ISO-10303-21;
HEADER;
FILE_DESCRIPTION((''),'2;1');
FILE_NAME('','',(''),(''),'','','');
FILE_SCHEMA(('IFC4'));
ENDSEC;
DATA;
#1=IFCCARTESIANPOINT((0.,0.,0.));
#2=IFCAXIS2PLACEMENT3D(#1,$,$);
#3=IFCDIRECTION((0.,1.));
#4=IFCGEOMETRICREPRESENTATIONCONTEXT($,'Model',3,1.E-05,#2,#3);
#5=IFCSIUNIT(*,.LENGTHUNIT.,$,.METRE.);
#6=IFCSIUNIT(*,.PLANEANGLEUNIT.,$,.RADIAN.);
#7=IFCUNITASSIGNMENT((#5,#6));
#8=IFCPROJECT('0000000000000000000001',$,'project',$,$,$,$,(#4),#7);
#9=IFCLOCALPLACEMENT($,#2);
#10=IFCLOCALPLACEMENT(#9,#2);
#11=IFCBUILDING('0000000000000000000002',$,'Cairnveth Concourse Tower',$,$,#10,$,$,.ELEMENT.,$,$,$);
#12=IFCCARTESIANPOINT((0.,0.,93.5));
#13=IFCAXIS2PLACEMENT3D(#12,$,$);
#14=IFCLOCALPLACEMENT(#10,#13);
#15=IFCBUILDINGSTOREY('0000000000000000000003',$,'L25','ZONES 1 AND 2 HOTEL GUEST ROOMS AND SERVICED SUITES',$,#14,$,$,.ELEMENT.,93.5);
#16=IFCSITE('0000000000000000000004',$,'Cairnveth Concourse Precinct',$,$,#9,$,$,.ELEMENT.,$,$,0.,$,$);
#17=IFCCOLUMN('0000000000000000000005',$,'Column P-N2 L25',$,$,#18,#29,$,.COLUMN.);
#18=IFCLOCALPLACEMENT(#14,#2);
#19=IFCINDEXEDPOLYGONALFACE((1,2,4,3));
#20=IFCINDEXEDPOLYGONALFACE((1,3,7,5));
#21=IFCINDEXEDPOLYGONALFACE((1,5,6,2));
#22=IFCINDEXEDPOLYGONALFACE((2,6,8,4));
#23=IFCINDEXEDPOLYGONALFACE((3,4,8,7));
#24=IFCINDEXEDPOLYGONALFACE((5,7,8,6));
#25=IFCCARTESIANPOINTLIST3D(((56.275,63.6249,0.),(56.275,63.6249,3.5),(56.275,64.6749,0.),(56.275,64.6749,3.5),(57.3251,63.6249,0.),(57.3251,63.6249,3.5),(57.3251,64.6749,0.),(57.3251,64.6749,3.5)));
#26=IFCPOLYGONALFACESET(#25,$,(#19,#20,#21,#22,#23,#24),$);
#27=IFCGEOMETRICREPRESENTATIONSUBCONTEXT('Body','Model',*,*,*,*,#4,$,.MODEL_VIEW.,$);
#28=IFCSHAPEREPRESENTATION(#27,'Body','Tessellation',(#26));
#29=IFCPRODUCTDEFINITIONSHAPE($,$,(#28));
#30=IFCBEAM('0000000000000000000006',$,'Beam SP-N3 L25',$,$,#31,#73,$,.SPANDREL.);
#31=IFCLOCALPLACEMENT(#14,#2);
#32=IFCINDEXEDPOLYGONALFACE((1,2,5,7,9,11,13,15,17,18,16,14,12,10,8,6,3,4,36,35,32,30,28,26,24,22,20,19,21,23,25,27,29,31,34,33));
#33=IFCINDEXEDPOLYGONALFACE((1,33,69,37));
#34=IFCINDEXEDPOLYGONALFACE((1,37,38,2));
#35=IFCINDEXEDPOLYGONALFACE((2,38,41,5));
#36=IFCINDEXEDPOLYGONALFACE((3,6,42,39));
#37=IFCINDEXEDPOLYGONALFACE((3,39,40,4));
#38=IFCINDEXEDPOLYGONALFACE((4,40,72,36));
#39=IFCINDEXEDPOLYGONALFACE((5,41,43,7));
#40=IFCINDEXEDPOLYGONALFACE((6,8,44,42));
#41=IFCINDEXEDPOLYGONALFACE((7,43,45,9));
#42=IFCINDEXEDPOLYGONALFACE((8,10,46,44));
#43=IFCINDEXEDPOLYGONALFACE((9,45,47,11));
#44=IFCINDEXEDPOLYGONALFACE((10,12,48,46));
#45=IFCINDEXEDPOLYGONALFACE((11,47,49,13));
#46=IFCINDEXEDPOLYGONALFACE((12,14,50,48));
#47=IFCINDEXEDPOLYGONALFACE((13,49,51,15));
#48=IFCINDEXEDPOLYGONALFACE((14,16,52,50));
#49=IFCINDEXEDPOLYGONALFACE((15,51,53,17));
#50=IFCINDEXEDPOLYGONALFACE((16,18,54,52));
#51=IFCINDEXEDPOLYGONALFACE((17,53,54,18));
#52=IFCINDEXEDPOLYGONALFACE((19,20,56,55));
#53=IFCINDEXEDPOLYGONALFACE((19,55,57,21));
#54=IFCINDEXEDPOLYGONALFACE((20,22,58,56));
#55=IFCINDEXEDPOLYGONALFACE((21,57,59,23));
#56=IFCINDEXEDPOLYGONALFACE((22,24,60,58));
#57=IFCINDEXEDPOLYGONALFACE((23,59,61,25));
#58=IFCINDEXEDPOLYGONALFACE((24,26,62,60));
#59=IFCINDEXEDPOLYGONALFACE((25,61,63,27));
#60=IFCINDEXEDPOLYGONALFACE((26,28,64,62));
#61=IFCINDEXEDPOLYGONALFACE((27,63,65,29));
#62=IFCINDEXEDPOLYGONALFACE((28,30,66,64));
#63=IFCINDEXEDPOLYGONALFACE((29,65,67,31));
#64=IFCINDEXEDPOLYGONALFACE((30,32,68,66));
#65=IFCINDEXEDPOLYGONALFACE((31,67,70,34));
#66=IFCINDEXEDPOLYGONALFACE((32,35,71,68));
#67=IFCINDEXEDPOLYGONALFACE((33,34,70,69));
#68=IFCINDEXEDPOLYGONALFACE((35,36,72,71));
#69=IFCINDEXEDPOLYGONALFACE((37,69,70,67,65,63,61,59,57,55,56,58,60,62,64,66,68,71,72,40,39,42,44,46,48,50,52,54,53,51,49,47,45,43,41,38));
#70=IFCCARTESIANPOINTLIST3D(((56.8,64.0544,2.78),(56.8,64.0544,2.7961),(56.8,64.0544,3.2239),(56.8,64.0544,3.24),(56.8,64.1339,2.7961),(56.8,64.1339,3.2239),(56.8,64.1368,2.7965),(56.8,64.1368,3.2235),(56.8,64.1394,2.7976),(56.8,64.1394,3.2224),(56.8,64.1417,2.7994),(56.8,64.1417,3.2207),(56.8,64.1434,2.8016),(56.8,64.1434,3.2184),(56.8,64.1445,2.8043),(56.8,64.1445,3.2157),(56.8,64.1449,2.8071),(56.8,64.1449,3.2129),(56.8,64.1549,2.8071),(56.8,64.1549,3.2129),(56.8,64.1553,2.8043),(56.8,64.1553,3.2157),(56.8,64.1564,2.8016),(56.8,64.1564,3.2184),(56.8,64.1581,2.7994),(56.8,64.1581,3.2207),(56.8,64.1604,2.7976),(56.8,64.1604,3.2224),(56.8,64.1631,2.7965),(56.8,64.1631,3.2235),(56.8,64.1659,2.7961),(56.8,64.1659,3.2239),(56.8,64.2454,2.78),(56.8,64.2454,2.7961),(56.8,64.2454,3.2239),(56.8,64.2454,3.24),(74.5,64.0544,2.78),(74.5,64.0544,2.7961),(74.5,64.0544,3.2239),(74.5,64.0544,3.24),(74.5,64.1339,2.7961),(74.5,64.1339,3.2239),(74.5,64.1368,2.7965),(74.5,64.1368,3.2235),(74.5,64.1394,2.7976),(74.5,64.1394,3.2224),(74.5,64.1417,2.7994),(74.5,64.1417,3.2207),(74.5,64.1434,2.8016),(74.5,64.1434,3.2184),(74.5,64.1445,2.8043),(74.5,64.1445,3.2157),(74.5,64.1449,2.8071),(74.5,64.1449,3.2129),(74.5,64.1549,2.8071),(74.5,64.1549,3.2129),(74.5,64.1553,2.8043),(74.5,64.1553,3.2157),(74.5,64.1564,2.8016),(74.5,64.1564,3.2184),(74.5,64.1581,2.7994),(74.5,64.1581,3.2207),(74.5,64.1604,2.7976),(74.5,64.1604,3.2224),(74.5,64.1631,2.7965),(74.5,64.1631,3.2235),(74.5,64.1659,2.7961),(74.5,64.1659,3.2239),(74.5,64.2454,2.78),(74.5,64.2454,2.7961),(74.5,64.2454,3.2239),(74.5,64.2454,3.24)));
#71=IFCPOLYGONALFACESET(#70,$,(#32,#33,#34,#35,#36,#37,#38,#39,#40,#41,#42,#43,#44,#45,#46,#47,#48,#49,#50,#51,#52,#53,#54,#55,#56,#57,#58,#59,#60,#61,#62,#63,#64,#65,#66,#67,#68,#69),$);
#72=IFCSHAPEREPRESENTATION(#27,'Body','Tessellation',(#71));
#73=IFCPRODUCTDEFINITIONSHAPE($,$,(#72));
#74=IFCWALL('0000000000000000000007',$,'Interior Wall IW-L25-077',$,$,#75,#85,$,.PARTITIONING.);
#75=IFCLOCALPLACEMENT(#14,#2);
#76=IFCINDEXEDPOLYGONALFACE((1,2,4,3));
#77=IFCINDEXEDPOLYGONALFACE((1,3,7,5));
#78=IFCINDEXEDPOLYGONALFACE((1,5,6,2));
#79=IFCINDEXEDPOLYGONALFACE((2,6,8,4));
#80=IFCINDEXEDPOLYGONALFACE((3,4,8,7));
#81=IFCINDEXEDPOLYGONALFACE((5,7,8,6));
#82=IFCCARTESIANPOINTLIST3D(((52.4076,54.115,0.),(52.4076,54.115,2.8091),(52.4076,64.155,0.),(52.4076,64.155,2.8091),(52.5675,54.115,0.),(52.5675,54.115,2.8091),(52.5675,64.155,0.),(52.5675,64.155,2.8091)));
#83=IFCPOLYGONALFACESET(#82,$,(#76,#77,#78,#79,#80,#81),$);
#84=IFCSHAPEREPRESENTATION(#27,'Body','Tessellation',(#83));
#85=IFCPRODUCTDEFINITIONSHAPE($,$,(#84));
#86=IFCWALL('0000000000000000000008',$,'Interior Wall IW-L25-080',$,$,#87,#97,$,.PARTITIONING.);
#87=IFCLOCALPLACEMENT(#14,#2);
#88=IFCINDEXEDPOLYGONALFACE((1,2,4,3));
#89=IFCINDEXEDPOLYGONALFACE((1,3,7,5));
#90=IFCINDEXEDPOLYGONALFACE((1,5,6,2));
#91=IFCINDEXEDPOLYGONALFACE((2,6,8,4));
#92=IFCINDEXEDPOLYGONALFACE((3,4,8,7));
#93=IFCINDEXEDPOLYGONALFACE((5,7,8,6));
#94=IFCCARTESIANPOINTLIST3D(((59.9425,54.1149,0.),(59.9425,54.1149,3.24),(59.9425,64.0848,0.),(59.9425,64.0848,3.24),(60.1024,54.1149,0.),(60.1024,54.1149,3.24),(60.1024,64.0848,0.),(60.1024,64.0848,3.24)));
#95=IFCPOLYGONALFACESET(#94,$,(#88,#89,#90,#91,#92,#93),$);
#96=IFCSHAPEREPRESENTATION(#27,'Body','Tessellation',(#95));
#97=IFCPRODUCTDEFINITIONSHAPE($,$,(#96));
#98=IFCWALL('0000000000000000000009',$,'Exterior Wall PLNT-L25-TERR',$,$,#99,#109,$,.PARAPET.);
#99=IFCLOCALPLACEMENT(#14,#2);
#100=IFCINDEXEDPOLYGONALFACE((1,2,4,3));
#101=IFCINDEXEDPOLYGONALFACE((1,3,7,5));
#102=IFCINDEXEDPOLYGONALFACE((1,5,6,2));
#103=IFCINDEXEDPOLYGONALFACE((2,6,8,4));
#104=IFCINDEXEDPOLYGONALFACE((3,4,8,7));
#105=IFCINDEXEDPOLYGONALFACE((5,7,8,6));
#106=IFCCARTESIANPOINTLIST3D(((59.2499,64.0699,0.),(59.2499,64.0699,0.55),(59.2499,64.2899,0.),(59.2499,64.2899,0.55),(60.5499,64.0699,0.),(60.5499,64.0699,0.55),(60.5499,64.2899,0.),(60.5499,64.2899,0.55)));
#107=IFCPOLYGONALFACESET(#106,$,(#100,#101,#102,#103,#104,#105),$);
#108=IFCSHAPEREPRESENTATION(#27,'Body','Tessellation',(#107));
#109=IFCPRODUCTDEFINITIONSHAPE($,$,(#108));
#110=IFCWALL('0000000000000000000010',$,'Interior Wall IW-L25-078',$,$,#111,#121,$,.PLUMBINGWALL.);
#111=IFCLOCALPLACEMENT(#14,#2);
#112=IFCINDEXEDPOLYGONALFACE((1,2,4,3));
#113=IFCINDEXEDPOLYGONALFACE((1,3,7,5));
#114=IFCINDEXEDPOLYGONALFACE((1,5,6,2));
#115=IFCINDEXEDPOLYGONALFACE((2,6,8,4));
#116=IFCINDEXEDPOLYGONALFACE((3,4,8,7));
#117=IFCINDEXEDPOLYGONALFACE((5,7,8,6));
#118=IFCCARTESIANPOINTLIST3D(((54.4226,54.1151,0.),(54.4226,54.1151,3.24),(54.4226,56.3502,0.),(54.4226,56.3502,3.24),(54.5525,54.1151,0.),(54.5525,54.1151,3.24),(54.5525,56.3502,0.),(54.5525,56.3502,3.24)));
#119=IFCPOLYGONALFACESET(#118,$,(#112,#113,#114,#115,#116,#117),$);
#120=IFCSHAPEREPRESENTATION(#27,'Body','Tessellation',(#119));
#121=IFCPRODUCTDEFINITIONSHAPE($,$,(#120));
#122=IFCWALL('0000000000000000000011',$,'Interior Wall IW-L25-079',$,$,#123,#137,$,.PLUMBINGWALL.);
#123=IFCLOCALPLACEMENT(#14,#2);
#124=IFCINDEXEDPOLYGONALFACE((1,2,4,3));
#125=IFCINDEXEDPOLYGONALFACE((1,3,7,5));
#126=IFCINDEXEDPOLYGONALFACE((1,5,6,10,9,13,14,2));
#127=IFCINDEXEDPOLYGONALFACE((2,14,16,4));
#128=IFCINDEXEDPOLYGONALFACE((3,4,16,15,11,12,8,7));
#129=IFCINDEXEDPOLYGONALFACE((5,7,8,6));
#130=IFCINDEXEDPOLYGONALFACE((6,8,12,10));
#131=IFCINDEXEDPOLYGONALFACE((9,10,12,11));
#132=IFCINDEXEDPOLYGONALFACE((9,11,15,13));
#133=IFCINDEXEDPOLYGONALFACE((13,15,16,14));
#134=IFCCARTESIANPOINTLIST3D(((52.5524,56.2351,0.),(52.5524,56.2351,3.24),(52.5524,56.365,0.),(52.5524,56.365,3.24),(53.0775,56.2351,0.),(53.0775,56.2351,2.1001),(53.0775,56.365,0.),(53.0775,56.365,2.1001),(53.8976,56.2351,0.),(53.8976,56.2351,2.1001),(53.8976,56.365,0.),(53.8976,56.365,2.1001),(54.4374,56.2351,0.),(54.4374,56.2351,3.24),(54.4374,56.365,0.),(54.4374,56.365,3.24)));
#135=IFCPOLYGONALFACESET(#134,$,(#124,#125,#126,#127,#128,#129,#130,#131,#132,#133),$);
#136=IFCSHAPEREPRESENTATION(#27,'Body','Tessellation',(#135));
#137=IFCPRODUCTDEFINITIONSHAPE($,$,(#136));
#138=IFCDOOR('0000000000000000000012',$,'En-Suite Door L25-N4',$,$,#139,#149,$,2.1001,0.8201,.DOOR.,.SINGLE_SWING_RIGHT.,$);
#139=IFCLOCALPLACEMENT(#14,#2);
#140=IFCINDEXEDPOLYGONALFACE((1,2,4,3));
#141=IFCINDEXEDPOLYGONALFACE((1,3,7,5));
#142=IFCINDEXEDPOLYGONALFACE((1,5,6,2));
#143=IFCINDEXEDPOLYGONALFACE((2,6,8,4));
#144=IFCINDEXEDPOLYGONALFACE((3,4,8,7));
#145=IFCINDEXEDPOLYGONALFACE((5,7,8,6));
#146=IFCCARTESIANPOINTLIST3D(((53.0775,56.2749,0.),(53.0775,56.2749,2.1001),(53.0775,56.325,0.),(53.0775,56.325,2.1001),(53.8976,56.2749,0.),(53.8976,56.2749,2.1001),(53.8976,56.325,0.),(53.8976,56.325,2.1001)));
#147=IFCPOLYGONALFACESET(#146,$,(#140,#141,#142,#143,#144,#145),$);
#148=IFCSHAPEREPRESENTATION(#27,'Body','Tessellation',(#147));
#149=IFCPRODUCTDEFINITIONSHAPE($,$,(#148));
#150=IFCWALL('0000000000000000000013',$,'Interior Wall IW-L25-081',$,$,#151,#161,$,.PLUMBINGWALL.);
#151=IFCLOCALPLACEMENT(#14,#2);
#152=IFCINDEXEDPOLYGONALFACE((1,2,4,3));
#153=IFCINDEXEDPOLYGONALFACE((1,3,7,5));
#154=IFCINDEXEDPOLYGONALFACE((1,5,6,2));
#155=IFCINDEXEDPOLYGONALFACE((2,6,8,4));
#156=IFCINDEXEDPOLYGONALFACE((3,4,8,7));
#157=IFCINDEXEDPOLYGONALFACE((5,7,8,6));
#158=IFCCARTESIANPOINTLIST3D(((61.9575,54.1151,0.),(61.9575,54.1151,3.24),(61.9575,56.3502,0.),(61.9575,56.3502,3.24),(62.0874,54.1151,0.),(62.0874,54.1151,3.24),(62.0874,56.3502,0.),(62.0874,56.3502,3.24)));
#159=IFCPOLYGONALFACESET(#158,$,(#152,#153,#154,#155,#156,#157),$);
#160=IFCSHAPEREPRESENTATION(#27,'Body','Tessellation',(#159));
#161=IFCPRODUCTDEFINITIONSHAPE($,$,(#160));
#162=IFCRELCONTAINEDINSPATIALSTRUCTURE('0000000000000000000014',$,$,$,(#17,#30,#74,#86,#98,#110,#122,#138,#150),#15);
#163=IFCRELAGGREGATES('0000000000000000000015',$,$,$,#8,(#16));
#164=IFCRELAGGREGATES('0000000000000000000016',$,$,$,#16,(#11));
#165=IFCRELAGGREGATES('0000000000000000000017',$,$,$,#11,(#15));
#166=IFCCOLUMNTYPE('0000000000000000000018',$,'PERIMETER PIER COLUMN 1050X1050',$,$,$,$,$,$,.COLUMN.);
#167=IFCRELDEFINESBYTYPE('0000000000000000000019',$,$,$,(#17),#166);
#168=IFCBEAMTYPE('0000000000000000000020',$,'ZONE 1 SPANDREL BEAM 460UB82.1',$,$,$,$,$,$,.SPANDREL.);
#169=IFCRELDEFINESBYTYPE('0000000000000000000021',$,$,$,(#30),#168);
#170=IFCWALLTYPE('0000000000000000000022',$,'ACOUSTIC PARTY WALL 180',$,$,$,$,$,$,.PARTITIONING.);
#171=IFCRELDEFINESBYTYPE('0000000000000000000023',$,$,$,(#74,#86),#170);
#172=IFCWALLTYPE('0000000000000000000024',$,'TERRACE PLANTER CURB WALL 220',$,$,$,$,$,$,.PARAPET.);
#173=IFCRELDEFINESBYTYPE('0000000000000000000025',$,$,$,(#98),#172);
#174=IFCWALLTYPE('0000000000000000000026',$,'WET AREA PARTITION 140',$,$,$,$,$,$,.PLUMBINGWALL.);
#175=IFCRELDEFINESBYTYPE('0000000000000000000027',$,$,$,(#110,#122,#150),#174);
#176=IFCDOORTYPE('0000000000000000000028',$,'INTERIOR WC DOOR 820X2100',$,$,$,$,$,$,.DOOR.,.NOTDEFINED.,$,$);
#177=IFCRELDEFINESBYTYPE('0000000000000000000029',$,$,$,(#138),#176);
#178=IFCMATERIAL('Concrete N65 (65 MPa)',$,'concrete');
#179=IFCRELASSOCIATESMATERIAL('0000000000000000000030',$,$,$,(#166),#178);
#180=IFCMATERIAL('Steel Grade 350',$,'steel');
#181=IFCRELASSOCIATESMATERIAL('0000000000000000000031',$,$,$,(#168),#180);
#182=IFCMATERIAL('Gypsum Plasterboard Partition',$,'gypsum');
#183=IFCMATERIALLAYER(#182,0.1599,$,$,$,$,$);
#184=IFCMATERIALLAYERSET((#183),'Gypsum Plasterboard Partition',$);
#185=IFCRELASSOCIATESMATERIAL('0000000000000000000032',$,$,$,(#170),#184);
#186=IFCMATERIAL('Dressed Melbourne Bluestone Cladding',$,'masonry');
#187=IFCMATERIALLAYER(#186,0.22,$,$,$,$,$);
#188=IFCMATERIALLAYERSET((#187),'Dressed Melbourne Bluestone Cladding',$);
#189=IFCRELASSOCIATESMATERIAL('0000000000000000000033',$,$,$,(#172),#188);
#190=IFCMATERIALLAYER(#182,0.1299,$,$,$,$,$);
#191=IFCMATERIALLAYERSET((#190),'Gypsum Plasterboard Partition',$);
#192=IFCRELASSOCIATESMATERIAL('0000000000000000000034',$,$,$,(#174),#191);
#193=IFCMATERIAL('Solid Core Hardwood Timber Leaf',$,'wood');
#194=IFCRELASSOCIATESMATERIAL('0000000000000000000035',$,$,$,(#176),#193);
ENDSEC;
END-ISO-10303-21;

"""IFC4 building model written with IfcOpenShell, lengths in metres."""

from ifc_helpers import new_model, si_unit, direction, frame, frame_2d, origin, origin_2d, place, context, subcontext, project, spatial, rectangle, i_section, extrude, material, layer, layer_set, material_profile, profile_set, type_object, element, fill, save


model = new_model("IFC4")

# Units and contexts
model_context = context("Model", 3, precision=1e-05, world=origin(), true_north=direction((0.0, 1.0)))
body_context = subcontext(model_context, "Body", "Model", "MODEL_VIEW")
ifc_project = project(units=[si_unit("LENGTHUNIT", "METRE"), si_unit("PLANEANGLEUNIT", "RADIAN")], contexts=[model_context])

# Site, building, storey
site_placement = place(None, origin())
site = spatial("IfcSite", under=ifc_project, at=site_placement, Name="Cairnveth Concourse Precinct", CompositionType="ELEMENT", RefElevation=0.0)
building_placement = place(site_placement, origin())
building = spatial("IfcBuilding", under=site, at=building_placement, Name="Cairnveth Concourse Tower", CompositionType="ELEMENT")
storey_placement = place(building_placement, frame((0.0, 0.0, 93.5)))
storey = spatial("IfcBuildingStorey", under=building, at=storey_placement, Name="L25", Description="ZONES 1 AND 2 HOTEL GUEST ROOMS AND SERVICED SUITES", CompositionType="ELEMENT", Elevation=93.5)

# Column
ifc_material_1 = material(Name="Concrete N65 (65 MPa)", Category="concrete")
ifc_material_profile_1 = material_profile(ifc_material_1, rectangle(XDim=1.05, YDim=1.05, at=origin_2d()), Name="RC-COL-1050x1050")
ifc_profile_set_1 = profile_set([ifc_material_profile_1], Name="Concrete N65 (65 MPa)")
column_type = type_object("IfcColumnType", Name="PERIMETER PIER COLUMN 1050X1050", PredefinedType="COLUMN", material=ifc_profile_set_1)
column_placement = place(storey_placement, frame((56.8, 64.1499, 0.0), z_axis=(0.0, 0.0, 1.0), x_axis=(1.0, 0.0, 0.0)))
element("IfcColumn", 1, at=column_placement, inside=storey, type_object=column_type, Name="Column P-N2 L25", PredefinedType="COLUMN", context=body_context, shape_type="SweptSolid", body=[
    extrude(rectangle(XDim=1.05, YDim=1.05, at=origin_2d()), origin(), (0.0, 0.0, 1.0), 3.5),
])

# Beam
ifc_material_2 = material(Name="Steel Grade 350", Category="steel")
ifc_material_profile_2 = material_profile(ifc_material_2, i_section(OverallWidth=0.1909, OverallDepth=0.46, WebThickness=0.01, FlangeThickness=0.0161, FilletRadius=0.011, at=origin_2d()), Name="460UB82.1")
ifc_profile_set_2 = profile_set([ifc_material_profile_2], Name="Steel Grade 350")
beam_type = type_object("IfcBeamType", Name="ZONE 1 SPANDREL BEAM 460UB82.1", PredefinedType="SPANDREL", material=ifc_profile_set_2)
beam_placement = place(storey_placement, frame((56.8, 64.1499, 3.01), z_axis=(1.0, 0.0, 0.0), x_axis=(0.0, 1.0, 0.0)))
element("IfcBeam", 2, at=beam_placement, inside=storey, type_object=beam_type, Name="Beam SP-N3 L25", PredefinedType="SPANDREL", context=body_context, shape_type="SweptSolid", body=[
    extrude(i_section(OverallWidth=0.1909, OverallDepth=0.46, WebThickness=0.01, FlangeThickness=0.0161, FilletRadius=0.011, at=origin_2d()), origin(), (0.0, 0.0, 1.0), 17.7),
])

# Walls
ifc_material_3 = material(Name="Gypsum Plasterboard Partition", Category="gypsum")
ifc_layer_1 = layer(ifc_material_3, 0.1599)
ifc_layer_set_1 = layer_set([ifc_layer_1], Name="Gypsum Plasterboard Partition")
wall_type_1 = type_object("IfcWallType", Name="ACOUSTIC PARTY WALL 180", PredefinedType="PARTITIONING", material=ifc_layer_set_1)
wall_1_placement = place(storey_placement, frame((52.4875, 54.115, 0.0), z_axis=(0.0, 0.0, 1.0), x_axis=(0.0, 1.0, 0.0)))
element("IfcWall", 3, at=wall_1_placement, inside=storey, type_object=wall_type_1, Name="Interior Wall IW-L25-077", PredefinedType="PARTITIONING", context=body_context, shape_type="SweptSolid", body=[
    extrude(rectangle(XDim=10.04, YDim=0.1599, at=frame_2d((5.02, 0.0))), origin(), (0.0, 0.0, 1.0), 2.8091),
])
wall_2_placement = place(storey_placement, frame((60.0225, 54.115, 0.0), z_axis=(0.0, 0.0, 1.0), x_axis=(0.0, 1.0, 0.0)))
element("IfcWall", 4, at=wall_2_placement, inside=storey, type_object=wall_type_1, Name="Interior Wall IW-L25-080", PredefinedType="PARTITIONING", context=body_context, shape_type="SweptSolid", body=[
    extrude(rectangle(XDim=9.97, YDim=0.1599, at=frame_2d((4.9849, 0.0))), origin(), (0.0, 0.0, 1.0), 3.24),
])
ifc_material_4 = material(Name="Dressed Melbourne Bluestone Cladding", Category="masonry")
ifc_layer_2 = layer(ifc_material_4, 0.22)
ifc_layer_set_2 = layer_set([ifc_layer_2], Name="Dressed Melbourne Bluestone Cladding")
wall_type_2 = type_object("IfcWallType", Name="TERRACE PLANTER CURB WALL 220", PredefinedType="PARAPET", material=ifc_layer_set_2)
wall_3_placement = place(storey_placement, frame((59.25, 64.1799, 0.0), z_axis=(0.0, 0.0, 1.0), x_axis=(1.0, 0.0, 0.0)))
element("IfcWall", 5, at=wall_3_placement, inside=storey, type_object=wall_type_2, Name="Exterior Wall PLNT-L25-TERR", PredefinedType="PARAPET", context=body_context, shape_type="SweptSolid", body=[
    extrude(rectangle(XDim=1.3, YDim=0.22, at=frame_2d((0.6499, 0.0))), origin(), (0.0, 0.0, 1.0), 0.55),
])
ifc_layer_3 = layer(ifc_material_3, 0.1299)
ifc_layer_set_3 = layer_set([ifc_layer_3], Name="Gypsum Plasterboard Partition")
wall_type_3 = type_object("IfcWallType", Name="WET AREA PARTITION 140", PredefinedType="PLUMBINGWALL", material=ifc_layer_set_3)
wall_4_placement = place(storey_placement, frame((54.4875, 54.115, 0.0), z_axis=(0.0, 0.0, 1.0), x_axis=(0.0, 1.0, 0.0)))
element("IfcWall", 6, at=wall_4_placement, inside=storey, type_object=wall_type_3, Name="Interior Wall IW-L25-078", PredefinedType="PLUMBINGWALL", context=body_context, shape_type="SweptSolid", body=[
    extrude(rectangle(XDim=2.2351, YDim=0.1299, at=frame_2d((1.1177, 0.0))), origin(), (0.0, 0.0, 1.0), 3.24),
])

# Wall, opening, door
wall_5_placement = place(storey_placement, frame((52.5525, 56.3, 0.0), z_axis=(0.0, 0.0, 1.0), x_axis=(1.0, 0.0, 0.0)))
wall_5 = element("IfcWall", 7, at=wall_5_placement, inside=storey, type_object=wall_type_3, Name="Interior Wall IW-L25-079", PredefinedType="PLUMBINGWALL", context=body_context, shape_type="SweptSolid", body=[
    extrude(rectangle(XDim=1.885, YDim=0.1299, at=frame_2d((0.9424, 0.0))), origin(), (0.0, 0.0, 1.0), 3.24),
])
opening_1_placement = place(wall_5_placement, frame((0.5249, 0.0, 0.0)))
opening_1 = element("IfcOpeningElement", 8, at=opening_1_placement, cuts=wall_5, PredefinedType="OPENING", context=body_context, shape_type="SweptSolid", body=[
    extrude(rectangle(XDim=0.8201, YDim=2.1001, at=frame_2d((0.4102, 1.05))), frame((0.0, 0.075, 0.0), z_axis=(0.0, -1.0, 0.0), x_axis=(1.0, 0.0, 0.0)), (0.0, 0.0, 1.0), 0.1499),
])
ifc_material_5 = material(Name="Solid Core Hardwood Timber Leaf", Category="wood")
door_type_1 = type_object("IfcDoorType", Name="INTERIOR WC DOOR 820X2100", OperationType="NOTDEFINED", PredefinedType="DOOR", material=ifc_material_5)
door_1_placement = place(opening_1_placement, origin())
door_1 = element("IfcDoor", 9, at=door_1_placement, inside=storey, type_object=door_type_1, Name="En-Suite Door L25-N4", OperationType="SINGLE_SWING_RIGHT", OverallHeight=2.1001, OverallWidth=0.8201, PredefinedType="DOOR", context=body_context, shape_type="SweptSolid", body=[
    extrude(rectangle(XDim=0.8201, YDim=2.1001, at=frame_2d((0.4102, 1.05))), frame((0.0, 0.0249, 0.0), z_axis=(0.0, -1.0, 0.0), x_axis=(1.0, 0.0, 0.0)), (0.0, 0.0, 1.0), 0.05),
])
fill(opening_1, door_1)

# Wall
wall_6_placement = place(storey_placement, frame((62.0225, 54.115, 0.0), z_axis=(0.0, 0.0, 1.0), x_axis=(0.0, 1.0, 0.0)))
element("IfcWall", 10, at=wall_6_placement, inside=storey, type_object=wall_type_3, Name="Interior Wall IW-L25-081", PredefinedType="PLUMBINGWALL", context=body_context, shape_type="SweptSolid", body=[
    extrude(rectangle(XDim=2.2351, YDim=0.1299, at=frame_2d((1.1177, 0.0))), origin(), (0.0, 0.0, 1.0), 3.24),
])

save(model, "model.ifc")
